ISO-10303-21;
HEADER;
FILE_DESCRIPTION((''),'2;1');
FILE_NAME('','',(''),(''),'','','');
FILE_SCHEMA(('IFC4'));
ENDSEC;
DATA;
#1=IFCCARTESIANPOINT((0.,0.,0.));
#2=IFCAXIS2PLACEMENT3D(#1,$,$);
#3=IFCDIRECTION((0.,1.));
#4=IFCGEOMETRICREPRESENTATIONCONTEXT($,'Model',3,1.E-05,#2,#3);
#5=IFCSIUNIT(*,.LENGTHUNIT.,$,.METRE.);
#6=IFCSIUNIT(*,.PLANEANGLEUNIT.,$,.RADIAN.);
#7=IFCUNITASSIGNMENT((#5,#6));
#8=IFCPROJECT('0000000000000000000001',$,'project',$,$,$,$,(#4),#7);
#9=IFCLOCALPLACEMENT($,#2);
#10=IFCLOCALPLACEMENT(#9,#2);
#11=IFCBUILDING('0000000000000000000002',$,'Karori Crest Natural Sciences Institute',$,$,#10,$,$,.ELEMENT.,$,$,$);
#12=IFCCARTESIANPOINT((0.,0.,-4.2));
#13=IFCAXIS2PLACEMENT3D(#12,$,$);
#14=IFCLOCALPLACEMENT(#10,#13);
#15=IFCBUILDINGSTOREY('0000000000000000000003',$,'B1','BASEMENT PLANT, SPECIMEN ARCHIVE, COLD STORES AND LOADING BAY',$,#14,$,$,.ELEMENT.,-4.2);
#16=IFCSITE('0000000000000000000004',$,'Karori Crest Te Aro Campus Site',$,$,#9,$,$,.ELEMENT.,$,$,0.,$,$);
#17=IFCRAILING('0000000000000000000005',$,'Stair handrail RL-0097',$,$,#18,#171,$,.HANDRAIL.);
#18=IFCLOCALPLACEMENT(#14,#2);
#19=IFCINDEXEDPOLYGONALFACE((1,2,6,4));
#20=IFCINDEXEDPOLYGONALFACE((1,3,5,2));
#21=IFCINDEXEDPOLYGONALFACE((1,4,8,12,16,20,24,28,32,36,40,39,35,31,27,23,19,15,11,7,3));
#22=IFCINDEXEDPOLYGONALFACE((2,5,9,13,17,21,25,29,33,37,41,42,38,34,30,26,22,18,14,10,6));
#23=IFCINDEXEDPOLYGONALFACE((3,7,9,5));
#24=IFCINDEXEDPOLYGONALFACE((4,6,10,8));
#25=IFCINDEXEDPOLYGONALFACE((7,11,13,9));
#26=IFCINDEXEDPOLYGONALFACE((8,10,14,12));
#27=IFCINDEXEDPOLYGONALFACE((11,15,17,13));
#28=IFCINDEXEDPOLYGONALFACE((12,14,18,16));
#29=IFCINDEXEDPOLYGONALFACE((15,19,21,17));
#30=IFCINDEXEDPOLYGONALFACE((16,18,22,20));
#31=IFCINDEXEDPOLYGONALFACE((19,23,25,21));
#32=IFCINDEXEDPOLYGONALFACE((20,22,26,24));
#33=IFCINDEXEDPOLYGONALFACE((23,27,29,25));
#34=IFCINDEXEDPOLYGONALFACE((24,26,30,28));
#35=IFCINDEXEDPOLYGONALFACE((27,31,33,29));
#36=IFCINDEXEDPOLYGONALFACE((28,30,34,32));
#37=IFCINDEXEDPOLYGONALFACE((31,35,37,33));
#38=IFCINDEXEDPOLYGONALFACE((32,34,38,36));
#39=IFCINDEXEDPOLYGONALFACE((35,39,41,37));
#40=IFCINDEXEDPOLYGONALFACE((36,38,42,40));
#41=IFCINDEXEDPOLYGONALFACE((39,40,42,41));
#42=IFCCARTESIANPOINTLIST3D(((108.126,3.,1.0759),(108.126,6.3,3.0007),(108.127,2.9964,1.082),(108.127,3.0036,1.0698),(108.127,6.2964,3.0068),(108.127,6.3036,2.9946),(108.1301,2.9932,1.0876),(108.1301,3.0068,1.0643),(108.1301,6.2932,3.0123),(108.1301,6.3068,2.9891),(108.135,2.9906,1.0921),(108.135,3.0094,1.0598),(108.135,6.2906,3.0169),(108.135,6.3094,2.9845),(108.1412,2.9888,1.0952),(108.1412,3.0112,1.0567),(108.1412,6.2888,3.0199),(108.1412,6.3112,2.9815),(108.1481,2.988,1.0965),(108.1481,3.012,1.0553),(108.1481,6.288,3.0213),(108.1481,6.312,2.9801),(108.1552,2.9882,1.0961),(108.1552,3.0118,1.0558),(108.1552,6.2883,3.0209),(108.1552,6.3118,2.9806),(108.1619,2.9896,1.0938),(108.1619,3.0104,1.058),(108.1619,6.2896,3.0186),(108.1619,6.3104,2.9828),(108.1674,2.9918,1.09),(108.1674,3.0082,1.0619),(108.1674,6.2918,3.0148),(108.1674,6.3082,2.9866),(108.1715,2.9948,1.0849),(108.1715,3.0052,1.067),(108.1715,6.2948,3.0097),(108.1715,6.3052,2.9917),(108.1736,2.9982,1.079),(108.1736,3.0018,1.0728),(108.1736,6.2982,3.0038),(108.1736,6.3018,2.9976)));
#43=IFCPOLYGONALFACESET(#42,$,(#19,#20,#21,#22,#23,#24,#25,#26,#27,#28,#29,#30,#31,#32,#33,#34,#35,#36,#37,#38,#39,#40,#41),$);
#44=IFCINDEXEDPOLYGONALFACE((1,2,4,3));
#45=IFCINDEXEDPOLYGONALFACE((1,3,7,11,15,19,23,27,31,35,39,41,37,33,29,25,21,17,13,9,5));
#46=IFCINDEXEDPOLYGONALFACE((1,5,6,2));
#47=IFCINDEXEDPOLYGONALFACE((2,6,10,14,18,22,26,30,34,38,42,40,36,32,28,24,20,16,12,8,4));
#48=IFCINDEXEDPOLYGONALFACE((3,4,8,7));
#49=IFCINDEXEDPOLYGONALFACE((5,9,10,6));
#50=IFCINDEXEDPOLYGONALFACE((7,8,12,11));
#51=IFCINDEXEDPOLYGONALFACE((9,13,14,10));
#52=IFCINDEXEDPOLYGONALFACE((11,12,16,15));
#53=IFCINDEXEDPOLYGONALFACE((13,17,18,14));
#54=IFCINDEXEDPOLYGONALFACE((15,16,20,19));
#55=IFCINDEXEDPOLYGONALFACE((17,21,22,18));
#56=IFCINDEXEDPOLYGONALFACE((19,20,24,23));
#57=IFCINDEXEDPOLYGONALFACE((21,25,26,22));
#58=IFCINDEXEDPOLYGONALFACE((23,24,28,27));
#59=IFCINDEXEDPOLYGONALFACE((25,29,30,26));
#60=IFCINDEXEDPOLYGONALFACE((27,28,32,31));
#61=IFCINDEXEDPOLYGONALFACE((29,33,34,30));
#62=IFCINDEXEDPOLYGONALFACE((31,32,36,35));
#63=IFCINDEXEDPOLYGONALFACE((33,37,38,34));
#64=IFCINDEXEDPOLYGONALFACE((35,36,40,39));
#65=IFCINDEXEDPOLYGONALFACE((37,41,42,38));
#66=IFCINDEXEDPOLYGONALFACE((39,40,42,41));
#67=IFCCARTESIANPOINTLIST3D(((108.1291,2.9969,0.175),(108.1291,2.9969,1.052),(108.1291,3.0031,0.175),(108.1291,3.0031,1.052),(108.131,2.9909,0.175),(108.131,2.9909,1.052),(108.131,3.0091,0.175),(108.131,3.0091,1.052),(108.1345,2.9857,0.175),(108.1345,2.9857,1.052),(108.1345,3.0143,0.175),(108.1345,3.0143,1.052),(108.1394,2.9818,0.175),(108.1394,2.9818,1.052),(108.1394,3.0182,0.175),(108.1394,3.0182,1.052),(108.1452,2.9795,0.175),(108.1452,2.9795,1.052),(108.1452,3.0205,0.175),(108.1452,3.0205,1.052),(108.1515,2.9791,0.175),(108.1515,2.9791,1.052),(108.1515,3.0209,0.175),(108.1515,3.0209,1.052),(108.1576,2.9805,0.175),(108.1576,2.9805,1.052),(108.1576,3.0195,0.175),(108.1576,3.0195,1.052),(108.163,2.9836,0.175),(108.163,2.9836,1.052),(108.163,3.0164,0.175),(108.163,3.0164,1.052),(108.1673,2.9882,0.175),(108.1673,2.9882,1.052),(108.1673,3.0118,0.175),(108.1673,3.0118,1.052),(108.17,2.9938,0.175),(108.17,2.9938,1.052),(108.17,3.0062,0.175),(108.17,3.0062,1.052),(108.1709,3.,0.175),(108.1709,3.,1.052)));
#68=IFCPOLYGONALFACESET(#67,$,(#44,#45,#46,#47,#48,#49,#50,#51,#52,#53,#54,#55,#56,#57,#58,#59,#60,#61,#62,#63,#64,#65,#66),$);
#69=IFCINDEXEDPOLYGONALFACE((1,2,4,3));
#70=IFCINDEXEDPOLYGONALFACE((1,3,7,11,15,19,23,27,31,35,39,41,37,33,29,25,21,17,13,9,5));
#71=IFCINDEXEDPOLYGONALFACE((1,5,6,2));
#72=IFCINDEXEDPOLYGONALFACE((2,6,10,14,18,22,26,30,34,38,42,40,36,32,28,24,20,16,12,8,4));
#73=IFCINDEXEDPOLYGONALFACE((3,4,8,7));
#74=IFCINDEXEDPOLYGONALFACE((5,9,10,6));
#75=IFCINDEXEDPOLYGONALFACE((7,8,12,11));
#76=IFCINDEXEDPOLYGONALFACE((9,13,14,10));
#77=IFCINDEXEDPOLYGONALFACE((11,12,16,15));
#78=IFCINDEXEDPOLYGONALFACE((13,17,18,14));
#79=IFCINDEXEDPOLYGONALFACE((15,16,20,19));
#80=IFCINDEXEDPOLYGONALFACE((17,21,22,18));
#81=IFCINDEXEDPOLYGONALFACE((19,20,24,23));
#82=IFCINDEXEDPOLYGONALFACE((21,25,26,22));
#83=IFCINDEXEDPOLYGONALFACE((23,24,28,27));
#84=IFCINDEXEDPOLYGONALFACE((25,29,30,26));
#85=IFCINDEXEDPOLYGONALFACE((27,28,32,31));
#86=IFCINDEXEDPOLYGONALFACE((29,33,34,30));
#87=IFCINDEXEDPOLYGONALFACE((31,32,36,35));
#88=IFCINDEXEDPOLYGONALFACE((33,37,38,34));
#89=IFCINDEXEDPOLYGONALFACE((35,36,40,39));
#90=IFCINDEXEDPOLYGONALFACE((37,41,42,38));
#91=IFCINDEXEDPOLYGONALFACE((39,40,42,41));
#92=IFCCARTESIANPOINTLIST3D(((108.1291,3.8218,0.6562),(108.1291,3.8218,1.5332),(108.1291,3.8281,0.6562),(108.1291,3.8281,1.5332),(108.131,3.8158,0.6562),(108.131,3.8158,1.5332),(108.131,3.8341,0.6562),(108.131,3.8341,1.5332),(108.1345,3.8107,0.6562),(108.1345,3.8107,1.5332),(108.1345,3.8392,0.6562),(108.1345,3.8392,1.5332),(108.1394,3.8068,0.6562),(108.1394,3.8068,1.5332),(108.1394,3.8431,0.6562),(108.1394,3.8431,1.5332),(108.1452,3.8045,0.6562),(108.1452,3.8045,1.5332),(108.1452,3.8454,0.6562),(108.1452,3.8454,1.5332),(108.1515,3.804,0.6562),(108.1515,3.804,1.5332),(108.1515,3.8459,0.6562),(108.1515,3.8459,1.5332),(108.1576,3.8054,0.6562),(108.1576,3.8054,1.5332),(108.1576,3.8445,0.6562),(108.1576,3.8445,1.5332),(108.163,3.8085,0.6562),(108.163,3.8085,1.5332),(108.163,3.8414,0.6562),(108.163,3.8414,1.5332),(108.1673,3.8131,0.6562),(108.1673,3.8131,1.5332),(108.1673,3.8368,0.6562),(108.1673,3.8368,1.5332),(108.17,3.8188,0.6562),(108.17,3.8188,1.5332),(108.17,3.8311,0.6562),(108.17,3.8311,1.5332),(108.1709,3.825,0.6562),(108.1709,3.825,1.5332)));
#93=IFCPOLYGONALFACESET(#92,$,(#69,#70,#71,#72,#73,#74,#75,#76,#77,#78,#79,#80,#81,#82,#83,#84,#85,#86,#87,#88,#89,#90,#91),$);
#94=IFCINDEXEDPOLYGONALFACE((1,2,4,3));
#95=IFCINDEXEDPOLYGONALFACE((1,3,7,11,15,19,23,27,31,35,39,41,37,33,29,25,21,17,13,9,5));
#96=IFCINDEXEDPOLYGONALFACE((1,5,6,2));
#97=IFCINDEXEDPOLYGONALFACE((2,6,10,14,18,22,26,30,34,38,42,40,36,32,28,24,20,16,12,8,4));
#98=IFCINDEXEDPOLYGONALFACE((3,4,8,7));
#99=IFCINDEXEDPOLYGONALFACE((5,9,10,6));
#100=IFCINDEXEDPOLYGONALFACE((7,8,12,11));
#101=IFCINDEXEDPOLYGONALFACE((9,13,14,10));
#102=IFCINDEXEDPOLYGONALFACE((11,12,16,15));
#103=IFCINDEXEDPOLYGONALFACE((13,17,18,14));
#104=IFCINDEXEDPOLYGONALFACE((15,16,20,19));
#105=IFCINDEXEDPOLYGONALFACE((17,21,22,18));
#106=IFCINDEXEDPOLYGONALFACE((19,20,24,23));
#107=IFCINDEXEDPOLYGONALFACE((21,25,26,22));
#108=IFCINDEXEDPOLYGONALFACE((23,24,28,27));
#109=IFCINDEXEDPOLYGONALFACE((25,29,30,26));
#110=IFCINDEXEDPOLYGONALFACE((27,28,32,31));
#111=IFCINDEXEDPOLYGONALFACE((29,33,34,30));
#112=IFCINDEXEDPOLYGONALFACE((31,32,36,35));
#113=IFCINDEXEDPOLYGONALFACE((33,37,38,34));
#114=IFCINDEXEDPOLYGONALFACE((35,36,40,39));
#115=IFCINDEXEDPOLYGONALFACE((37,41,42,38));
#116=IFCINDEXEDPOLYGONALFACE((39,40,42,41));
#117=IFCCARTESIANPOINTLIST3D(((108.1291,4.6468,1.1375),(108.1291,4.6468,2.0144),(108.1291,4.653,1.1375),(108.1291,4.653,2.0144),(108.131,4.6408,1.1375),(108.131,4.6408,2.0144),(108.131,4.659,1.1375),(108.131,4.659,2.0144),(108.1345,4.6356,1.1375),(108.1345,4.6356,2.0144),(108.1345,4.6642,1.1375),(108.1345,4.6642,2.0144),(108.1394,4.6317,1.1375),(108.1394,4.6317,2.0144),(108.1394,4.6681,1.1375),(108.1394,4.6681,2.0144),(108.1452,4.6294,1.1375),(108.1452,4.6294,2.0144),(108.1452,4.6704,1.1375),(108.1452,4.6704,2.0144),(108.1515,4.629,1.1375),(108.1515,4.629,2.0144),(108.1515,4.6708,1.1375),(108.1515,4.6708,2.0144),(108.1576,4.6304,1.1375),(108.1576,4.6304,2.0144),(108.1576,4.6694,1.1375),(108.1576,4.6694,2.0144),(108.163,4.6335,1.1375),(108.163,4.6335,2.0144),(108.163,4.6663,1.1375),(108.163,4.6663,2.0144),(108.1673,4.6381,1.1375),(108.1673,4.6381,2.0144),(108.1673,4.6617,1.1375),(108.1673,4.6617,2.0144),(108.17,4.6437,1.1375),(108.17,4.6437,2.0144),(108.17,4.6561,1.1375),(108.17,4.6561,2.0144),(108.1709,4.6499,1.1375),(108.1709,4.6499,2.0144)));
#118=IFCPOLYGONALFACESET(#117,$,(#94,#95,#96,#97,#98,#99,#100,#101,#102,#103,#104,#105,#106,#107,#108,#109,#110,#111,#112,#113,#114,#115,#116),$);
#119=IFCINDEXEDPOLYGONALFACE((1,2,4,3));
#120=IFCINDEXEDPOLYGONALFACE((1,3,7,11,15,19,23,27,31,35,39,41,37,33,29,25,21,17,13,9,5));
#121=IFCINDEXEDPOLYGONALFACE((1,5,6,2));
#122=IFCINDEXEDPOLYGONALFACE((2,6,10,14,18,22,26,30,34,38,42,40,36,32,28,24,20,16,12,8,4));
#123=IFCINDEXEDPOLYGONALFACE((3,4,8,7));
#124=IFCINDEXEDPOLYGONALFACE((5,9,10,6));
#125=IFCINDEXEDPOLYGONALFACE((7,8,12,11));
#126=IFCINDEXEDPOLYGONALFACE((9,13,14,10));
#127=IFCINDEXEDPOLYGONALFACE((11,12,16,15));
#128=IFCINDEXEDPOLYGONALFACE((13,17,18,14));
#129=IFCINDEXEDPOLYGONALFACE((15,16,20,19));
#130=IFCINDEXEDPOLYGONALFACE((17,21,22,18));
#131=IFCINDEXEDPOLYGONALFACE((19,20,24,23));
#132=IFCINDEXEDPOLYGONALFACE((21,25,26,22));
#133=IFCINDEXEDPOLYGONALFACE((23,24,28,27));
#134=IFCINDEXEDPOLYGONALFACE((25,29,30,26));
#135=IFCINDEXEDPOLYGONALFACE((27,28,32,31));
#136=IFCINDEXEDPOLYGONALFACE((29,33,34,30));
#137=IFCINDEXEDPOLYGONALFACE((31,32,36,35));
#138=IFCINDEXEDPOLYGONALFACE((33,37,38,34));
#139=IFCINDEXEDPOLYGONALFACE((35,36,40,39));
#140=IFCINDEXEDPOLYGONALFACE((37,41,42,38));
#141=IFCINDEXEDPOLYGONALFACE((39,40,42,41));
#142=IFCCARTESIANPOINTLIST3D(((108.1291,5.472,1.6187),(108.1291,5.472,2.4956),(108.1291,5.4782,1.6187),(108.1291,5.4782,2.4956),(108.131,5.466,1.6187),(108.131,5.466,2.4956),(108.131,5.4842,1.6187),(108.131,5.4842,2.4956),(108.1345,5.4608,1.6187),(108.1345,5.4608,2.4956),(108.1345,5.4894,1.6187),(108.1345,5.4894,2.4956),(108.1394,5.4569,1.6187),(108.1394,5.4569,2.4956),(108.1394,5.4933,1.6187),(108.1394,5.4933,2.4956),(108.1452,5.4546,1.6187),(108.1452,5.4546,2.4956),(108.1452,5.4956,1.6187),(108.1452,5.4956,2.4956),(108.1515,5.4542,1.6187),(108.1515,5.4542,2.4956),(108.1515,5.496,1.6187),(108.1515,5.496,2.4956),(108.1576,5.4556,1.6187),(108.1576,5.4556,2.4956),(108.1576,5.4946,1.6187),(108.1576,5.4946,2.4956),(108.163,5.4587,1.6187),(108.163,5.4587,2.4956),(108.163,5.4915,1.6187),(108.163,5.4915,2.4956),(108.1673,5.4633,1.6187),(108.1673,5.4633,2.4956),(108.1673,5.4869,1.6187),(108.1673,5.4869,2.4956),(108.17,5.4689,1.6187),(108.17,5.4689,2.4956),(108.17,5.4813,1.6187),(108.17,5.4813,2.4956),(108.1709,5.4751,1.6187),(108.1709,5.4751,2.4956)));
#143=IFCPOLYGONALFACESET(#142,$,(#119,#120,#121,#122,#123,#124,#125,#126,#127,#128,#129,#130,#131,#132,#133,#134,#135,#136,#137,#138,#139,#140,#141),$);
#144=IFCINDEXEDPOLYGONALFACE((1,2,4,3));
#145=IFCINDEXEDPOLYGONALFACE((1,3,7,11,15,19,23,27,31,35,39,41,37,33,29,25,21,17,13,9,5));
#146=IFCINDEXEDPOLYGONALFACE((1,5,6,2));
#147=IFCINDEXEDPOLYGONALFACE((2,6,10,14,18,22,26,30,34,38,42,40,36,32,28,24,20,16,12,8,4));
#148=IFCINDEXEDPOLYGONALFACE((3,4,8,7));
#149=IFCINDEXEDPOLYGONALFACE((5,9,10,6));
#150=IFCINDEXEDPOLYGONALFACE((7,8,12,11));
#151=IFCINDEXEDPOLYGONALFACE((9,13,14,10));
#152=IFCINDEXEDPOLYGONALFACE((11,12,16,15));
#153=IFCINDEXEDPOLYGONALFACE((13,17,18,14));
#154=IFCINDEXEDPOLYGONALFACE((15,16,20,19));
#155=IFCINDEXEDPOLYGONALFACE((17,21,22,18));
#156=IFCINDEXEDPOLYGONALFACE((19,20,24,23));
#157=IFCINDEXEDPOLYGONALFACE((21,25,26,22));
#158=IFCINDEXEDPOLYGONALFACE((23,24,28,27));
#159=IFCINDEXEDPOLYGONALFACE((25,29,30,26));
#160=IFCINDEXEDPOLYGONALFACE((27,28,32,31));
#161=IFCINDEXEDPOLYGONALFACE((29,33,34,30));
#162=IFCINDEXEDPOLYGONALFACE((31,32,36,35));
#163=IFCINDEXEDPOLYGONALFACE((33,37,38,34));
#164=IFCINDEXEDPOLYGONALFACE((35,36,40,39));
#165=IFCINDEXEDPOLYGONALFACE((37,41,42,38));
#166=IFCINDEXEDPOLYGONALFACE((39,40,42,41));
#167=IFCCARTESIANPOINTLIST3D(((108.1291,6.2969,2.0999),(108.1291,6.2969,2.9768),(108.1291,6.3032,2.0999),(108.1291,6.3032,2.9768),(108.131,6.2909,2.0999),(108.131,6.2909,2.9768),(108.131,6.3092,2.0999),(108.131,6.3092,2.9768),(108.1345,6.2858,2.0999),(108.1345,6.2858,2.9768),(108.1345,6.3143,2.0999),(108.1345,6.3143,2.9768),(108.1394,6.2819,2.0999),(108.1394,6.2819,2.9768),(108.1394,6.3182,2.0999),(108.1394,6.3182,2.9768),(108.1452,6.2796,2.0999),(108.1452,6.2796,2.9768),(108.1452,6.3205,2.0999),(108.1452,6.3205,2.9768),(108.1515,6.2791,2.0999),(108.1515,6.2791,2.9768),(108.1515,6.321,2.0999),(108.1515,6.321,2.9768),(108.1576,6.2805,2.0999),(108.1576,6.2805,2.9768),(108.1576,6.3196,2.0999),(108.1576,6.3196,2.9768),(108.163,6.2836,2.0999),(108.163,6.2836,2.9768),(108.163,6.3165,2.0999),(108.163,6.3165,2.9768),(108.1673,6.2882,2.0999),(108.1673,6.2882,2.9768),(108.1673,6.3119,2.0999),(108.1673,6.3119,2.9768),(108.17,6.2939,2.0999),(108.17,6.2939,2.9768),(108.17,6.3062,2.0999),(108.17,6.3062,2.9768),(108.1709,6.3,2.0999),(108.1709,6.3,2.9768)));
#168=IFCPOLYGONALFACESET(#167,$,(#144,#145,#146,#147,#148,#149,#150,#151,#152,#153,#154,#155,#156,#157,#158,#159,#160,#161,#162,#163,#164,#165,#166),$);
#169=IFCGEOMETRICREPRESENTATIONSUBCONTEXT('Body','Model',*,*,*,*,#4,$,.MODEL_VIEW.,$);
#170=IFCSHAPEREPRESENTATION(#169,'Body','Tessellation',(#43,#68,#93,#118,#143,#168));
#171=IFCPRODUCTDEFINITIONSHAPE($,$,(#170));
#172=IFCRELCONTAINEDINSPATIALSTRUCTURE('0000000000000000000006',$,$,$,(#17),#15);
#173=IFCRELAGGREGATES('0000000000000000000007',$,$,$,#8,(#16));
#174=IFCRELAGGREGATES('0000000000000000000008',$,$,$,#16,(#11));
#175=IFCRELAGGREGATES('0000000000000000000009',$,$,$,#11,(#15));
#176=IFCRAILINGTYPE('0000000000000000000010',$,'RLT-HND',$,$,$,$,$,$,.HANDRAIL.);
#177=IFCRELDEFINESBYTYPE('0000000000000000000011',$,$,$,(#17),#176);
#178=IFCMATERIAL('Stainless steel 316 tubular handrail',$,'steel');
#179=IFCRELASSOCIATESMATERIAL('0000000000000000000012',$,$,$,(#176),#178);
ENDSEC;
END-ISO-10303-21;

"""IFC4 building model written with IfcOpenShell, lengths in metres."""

from ifc_helpers import new_model, si_unit, direction, frame, origin, origin_2d, place, context, subcontext, project, spatial, circle, extrude, material, type_object, element, save


model = new_model("IFC4")

# Units and contexts
model_context = context("Model", 3, precision=1e-05, world=origin(), true_north=direction((0.0, 1.0)))
body_context = subcontext(model_context, "Body", "Model", "MODEL_VIEW")
ifc_project = project(units=[si_unit("LENGTHUNIT", "METRE"), si_unit("PLANEANGLEUNIT", "RADIAN")], contexts=[model_context])

# Site, building, storey
site_placement = place(None, origin())
site = spatial("IfcSite", under=ifc_project, at=site_placement, Name="Karori Crest Te Aro Campus Site", CompositionType="ELEMENT", RefElevation=0.0)
building_placement = place(site_placement, origin())
building = spatial("IfcBuilding", under=site, at=building_placement, Name="Karori Crest Natural Sciences Institute", CompositionType="ELEMENT")
storey_placement = place(building_placement, frame((0.0, 0.0, -4.2)))
storey = spatial("IfcBuildingStorey", under=building, at=storey_placement, Name="B1", Description="BASEMENT PLANT, SPECIMEN ARCHIVE, COLD STORES AND LOADING BAY", CompositionType="ELEMENT", Elevation=-4.2)

# Railing
ifc_material_1 = material(Name="Stainless steel 316 tubular handrail", Category="steel")
railing_type_1 = type_object("IfcRailingType", Name="RLT-HND", PredefinedType="HANDRAIL", material=ifc_material_1)
railing_1_placement = place(storey_placement, frame((108.1499, 3.0, 0.175)))
element("IfcRailing", 1, at=railing_1_placement, inside=storey, type_object=railing_type_1, Name="Stair handrail RL-0097", PredefinedType="HANDRAIL", context=body_context, shape_type="SweptSolid", body=[
    extrude(circle(Radius=0.0239, at=origin_2d()), frame((0.0, 0.0, 0.9009), z_axis=(0.0, 0.863804, 0.503827), x_axis=(-1.0, 0.0, 0.0)), (0.0, 0.0, 1.0), 3.8203),
    extrude(circle(Radius=0.021, at=origin_2d()), origin(), (0.0, 0.0, 1.0), 0.877),
    extrude(circle(Radius=0.021, at=origin_2d()), frame((0.0, 0.825, 0.4812)), (0.0, 0.0, 1.0), 0.877),
    extrude(circle(Radius=0.021, at=origin_2d()), frame((0.0, 1.6499, 0.9624)), (0.0, 0.0, 1.0), 0.877),
    extrude(circle(Radius=0.021, at=origin_2d()), frame((0.0, 2.4751, 1.4436)), (0.0, 0.0, 1.0), 0.877),
    extrude(circle(Radius=0.021, at=origin_2d()), frame((0.0, 3.3, 1.9248)), (0.0, 0.0, 1.0), 0.877),
])

save(model, "model.ifc")
